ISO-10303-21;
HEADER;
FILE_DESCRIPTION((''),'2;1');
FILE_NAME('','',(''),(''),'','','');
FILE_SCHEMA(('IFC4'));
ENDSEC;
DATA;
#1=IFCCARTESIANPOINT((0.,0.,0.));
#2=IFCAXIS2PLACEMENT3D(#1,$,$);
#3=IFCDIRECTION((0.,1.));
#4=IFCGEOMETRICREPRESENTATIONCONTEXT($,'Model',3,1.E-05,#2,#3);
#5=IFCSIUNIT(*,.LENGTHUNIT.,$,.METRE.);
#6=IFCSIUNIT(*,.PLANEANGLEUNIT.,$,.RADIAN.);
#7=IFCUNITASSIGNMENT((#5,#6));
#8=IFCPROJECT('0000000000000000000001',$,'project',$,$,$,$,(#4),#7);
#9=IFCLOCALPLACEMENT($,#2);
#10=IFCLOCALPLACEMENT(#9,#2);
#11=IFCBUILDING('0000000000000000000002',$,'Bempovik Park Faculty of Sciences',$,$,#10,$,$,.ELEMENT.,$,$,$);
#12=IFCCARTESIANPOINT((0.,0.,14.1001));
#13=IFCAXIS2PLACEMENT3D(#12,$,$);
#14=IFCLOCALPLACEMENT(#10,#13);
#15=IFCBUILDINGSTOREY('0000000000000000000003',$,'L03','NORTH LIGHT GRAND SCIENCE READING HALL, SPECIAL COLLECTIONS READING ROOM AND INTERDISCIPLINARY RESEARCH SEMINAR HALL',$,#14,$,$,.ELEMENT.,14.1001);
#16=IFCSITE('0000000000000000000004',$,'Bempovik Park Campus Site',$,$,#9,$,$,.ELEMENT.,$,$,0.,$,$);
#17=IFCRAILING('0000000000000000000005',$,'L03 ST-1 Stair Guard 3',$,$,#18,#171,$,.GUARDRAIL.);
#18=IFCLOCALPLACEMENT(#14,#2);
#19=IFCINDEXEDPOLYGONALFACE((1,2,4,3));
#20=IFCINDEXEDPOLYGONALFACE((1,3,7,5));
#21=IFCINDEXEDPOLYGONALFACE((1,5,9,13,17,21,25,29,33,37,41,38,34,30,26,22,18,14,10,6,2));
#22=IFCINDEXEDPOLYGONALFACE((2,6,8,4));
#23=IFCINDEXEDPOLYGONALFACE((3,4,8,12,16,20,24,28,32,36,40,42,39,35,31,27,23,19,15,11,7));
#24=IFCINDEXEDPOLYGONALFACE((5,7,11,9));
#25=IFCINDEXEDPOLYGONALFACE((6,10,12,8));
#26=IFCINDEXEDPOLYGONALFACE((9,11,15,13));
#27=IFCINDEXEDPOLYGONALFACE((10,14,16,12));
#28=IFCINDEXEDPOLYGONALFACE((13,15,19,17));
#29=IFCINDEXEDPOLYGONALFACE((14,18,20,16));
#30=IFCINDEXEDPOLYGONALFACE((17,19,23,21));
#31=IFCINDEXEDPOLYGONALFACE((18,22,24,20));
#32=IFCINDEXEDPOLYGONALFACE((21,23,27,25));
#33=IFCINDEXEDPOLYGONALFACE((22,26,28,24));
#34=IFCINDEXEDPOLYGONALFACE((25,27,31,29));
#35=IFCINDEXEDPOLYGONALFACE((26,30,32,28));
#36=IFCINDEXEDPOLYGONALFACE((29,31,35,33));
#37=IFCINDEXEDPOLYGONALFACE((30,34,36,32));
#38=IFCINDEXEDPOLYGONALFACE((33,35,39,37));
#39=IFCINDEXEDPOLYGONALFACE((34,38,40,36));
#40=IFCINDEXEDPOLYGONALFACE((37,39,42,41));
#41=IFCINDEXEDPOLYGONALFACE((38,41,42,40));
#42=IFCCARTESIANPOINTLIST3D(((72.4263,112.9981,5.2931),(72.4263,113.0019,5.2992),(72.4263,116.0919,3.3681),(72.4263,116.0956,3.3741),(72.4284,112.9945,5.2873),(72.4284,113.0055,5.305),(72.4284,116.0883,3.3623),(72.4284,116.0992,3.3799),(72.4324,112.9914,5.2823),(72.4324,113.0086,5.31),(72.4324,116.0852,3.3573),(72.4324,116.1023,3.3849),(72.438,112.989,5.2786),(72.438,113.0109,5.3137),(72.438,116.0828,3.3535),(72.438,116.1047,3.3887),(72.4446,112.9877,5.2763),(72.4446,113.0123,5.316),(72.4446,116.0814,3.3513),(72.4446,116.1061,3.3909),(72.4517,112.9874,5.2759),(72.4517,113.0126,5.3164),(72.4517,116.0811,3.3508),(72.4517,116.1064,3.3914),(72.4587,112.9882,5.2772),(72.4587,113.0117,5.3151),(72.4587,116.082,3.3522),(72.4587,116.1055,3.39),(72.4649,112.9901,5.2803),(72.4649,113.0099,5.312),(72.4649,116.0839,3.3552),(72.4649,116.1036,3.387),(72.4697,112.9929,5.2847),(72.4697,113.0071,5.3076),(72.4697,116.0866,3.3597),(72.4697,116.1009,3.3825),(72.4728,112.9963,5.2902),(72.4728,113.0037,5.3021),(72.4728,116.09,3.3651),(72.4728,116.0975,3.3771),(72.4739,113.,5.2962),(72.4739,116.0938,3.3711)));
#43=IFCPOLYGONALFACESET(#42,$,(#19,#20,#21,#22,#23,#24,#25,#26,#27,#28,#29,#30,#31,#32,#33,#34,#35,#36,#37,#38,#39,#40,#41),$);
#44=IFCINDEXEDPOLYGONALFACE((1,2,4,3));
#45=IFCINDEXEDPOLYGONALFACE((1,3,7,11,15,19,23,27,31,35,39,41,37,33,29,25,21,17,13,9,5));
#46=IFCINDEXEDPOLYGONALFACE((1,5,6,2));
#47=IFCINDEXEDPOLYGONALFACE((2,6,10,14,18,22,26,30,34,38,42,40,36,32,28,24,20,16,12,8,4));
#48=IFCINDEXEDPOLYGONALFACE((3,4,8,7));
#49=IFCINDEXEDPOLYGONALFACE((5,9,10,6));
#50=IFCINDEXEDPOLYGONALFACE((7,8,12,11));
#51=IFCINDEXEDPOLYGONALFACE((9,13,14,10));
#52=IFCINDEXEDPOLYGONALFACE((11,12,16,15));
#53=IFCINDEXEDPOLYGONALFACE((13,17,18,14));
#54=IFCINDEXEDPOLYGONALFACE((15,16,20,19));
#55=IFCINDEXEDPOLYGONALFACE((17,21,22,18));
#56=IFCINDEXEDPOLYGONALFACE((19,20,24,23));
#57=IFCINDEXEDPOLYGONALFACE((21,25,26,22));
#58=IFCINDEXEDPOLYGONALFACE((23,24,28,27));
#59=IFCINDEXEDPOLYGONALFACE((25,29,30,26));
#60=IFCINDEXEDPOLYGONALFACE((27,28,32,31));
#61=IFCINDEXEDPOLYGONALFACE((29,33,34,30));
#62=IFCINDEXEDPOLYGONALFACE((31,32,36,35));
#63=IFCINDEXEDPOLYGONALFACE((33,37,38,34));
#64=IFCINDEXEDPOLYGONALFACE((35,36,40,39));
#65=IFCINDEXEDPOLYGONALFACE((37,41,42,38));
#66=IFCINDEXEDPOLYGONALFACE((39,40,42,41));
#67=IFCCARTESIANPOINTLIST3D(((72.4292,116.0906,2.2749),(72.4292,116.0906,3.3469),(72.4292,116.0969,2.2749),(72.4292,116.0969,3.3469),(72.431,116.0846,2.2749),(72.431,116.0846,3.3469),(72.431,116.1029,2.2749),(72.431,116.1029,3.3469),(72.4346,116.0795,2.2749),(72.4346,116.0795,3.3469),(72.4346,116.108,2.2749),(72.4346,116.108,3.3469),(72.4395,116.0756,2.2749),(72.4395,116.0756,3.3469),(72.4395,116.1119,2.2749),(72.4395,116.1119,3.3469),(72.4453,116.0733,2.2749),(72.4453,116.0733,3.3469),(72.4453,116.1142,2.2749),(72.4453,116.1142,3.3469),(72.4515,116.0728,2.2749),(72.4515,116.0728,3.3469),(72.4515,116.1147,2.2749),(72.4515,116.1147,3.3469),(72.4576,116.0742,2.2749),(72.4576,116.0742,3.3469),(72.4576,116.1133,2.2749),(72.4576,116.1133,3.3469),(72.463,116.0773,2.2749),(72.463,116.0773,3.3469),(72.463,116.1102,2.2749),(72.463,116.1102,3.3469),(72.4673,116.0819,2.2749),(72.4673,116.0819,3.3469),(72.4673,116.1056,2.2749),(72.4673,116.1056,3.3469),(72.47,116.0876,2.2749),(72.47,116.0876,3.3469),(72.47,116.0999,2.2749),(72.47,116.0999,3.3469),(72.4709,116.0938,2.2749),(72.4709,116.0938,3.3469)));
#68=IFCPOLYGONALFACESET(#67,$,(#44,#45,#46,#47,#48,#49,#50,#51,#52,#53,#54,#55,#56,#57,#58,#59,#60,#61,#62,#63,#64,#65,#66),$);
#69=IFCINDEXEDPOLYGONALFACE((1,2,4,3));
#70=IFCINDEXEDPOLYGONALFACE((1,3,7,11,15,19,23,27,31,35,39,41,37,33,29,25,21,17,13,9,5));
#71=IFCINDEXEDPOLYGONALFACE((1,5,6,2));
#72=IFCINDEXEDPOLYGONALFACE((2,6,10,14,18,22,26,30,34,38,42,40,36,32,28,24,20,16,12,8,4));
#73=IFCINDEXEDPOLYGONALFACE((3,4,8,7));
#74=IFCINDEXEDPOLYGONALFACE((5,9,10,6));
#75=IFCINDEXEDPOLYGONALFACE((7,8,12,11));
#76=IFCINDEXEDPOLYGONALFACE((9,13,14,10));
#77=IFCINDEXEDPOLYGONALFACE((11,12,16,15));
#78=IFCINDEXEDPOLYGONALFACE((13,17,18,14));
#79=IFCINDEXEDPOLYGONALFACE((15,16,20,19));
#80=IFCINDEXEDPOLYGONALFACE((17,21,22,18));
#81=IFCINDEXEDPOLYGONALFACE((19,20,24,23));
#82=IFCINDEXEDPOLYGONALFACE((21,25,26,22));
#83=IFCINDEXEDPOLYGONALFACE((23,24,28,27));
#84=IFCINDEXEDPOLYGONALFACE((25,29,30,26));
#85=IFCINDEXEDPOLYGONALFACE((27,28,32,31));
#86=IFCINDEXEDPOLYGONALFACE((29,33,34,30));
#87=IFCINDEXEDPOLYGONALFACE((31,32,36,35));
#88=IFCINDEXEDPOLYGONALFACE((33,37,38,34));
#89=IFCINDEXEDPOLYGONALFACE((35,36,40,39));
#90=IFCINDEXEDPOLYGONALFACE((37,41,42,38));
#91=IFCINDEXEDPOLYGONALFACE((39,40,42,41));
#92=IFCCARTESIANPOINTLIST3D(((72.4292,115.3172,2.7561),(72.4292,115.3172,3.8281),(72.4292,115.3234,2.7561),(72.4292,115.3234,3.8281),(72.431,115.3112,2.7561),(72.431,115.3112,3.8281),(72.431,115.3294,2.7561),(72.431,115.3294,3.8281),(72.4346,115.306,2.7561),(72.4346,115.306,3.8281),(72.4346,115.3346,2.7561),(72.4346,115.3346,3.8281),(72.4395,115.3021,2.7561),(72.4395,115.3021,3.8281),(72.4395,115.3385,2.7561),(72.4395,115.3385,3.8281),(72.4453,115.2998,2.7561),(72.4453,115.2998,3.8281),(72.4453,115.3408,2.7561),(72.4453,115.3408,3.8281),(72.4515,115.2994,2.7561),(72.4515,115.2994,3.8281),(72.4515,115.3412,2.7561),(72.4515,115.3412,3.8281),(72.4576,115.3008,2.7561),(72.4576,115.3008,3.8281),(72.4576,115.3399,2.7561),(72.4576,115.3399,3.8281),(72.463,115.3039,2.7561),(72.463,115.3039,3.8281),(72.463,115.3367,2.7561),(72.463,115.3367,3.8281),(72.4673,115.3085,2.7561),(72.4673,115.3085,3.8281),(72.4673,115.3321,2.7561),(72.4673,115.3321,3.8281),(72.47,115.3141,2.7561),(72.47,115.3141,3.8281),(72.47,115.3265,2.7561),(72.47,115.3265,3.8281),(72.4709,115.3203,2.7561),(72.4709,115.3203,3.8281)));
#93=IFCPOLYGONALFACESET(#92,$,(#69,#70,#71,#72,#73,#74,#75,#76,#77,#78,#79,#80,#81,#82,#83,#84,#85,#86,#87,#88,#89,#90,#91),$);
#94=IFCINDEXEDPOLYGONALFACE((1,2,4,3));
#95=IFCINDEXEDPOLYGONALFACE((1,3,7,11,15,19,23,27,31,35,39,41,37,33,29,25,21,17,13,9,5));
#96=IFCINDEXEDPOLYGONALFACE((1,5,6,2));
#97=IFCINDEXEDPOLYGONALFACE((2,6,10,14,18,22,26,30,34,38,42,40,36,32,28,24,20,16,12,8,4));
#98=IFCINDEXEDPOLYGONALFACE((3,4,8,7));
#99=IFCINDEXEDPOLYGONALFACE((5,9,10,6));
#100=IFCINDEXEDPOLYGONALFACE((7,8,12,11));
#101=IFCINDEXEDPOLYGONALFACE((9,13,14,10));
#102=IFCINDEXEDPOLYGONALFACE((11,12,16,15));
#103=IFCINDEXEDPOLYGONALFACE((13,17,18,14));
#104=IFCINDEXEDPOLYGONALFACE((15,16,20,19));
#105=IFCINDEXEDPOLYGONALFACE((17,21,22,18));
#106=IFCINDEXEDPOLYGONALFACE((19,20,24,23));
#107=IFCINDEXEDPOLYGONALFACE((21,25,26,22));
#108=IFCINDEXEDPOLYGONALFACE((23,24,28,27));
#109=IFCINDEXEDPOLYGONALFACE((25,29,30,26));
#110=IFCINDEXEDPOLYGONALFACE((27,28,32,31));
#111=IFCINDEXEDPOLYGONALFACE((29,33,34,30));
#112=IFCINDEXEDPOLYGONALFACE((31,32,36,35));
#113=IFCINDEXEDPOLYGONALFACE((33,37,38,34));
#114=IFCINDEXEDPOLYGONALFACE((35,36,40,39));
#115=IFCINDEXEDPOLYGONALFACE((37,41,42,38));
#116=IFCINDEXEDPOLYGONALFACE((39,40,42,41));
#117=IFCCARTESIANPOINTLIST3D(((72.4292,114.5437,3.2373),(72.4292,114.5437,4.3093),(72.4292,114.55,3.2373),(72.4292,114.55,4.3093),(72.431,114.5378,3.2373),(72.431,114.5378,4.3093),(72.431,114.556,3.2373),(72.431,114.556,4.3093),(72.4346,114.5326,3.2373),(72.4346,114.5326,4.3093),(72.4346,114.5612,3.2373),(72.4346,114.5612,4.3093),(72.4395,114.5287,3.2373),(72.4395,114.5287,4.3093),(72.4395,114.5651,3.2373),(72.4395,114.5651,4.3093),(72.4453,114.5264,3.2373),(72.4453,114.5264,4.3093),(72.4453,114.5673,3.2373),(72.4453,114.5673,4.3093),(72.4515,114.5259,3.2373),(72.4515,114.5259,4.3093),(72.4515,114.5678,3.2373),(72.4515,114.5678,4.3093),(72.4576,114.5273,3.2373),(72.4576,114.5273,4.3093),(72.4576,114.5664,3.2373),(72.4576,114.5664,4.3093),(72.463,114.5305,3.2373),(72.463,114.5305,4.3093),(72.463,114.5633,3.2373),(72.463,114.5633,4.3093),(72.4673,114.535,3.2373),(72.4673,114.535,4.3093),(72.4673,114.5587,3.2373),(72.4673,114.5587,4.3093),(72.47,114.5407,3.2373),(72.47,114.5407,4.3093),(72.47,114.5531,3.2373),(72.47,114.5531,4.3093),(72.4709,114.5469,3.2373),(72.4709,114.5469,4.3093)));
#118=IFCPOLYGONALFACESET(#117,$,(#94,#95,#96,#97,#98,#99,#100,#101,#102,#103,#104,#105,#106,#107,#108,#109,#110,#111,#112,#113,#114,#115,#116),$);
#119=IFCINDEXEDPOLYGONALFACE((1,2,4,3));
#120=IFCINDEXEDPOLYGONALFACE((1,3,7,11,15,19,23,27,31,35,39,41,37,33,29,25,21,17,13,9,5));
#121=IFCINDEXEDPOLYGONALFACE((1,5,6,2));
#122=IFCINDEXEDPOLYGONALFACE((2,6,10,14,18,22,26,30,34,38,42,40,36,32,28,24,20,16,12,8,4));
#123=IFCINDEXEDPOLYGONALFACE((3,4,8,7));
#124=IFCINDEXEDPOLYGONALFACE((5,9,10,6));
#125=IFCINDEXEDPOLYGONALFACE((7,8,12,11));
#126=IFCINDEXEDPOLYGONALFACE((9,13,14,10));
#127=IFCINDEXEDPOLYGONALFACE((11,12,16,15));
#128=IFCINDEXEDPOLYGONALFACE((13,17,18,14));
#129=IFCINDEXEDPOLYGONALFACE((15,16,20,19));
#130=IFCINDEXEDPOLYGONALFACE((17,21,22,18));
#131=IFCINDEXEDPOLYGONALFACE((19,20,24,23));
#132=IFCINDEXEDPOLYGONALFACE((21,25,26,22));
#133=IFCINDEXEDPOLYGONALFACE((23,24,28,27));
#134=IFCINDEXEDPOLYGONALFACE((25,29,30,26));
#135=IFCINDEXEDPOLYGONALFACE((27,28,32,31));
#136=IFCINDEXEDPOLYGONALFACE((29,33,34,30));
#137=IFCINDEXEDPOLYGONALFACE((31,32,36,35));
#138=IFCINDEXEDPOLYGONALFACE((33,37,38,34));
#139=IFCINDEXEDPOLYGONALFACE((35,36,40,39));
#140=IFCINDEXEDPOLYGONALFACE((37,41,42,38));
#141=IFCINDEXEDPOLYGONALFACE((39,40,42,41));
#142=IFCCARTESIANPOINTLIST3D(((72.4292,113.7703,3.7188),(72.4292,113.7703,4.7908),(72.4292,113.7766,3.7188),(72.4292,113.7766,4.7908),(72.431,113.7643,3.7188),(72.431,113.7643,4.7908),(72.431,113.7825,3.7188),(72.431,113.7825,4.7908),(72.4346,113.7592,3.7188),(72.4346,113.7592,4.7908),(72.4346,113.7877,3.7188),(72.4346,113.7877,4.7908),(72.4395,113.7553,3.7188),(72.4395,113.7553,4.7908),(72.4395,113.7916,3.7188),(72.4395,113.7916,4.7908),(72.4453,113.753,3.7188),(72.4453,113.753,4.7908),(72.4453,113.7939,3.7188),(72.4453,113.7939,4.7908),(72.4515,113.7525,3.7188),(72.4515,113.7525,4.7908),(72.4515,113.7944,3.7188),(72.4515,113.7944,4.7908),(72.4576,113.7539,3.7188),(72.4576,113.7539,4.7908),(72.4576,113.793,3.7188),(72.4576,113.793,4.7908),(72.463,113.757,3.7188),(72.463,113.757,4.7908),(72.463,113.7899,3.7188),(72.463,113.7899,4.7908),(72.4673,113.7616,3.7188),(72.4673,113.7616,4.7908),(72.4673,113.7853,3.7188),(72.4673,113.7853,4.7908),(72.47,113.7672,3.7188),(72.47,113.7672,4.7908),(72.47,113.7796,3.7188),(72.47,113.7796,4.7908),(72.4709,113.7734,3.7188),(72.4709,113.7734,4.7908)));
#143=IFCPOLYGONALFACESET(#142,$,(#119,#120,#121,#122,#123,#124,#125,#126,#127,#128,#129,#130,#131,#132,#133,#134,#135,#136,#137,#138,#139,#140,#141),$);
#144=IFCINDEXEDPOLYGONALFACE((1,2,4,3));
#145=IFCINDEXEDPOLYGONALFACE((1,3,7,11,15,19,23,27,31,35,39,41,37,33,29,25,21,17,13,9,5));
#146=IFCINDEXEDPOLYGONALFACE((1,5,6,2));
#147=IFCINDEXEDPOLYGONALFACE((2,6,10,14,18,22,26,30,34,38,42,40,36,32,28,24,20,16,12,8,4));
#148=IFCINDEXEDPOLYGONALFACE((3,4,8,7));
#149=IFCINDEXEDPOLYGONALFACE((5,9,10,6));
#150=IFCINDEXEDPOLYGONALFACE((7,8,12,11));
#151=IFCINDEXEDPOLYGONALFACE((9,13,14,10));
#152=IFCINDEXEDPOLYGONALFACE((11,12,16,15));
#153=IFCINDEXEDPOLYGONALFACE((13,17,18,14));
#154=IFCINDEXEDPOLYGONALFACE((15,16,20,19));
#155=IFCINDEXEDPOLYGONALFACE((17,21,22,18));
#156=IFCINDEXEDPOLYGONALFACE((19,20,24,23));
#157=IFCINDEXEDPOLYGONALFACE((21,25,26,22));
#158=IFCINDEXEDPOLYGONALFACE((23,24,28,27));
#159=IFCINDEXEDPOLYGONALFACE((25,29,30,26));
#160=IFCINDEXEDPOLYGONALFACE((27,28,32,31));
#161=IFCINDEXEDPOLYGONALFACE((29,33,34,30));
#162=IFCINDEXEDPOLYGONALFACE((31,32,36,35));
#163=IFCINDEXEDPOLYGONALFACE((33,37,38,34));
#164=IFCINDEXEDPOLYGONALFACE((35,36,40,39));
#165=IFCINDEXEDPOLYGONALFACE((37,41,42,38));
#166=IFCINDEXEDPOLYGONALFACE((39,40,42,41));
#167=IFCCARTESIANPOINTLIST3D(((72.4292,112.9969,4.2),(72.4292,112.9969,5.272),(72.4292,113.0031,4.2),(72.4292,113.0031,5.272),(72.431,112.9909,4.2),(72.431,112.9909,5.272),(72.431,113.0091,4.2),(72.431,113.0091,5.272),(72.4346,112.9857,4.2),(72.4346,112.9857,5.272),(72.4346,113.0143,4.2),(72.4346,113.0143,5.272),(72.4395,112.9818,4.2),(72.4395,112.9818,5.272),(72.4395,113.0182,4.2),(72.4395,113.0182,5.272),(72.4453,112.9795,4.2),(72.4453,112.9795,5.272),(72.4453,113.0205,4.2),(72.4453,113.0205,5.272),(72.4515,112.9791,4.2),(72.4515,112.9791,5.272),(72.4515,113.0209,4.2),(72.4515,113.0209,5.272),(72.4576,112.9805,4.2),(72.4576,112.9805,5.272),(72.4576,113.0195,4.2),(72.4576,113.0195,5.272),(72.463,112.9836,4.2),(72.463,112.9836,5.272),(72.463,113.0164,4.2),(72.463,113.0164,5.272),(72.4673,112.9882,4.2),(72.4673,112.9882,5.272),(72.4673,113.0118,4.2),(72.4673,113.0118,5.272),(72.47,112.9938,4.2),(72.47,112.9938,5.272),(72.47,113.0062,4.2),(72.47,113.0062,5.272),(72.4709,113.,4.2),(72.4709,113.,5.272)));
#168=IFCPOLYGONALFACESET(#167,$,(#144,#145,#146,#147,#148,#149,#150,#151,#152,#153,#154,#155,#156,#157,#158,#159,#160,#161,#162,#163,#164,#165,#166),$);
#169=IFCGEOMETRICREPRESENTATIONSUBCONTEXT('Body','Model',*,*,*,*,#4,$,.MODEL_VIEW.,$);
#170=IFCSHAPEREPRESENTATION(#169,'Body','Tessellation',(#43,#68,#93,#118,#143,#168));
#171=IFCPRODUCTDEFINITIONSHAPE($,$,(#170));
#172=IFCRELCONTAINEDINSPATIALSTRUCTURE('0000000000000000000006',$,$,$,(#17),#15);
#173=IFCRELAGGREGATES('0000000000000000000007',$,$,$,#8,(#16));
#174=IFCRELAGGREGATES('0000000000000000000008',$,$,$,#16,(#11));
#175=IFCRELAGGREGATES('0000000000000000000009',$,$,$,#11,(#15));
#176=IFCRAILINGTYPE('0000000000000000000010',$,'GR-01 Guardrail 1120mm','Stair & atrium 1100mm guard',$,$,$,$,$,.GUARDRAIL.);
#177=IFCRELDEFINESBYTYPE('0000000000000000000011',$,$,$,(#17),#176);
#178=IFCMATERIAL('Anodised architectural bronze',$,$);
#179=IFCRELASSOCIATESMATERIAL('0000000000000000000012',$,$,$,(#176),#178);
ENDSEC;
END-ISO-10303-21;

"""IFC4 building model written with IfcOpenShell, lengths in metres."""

from ifc_helpers import new_model, si_unit, direction, frame, origin, origin_2d, place, context, subcontext, project, spatial, circle, extrude, material, type_object, element, save


model = new_model("IFC4")

# Units and contexts
model_context = context("Model", 3, precision=1e-05, world=origin(), true_north=direction((0.0, 1.0)))
body_context = subcontext(model_context, "Body", "Model", "MODEL_VIEW")
ifc_project = project(units=[si_unit("LENGTHUNIT", "METRE"), si_unit("PLANEANGLEUNIT", "RADIAN")], contexts=[model_context])

# Site, building, storey
site_placement = place(None, origin())
site = spatial("IfcSite", under=ifc_project, at=site_placement, Name="Bempovik Park Campus Site", CompositionType="ELEMENT", RefElevation=0.0)
building_placement = place(site_placement, origin())
building = spatial("IfcBuilding", under=site, at=building_placement, Name="Bempovik Park Faculty of Sciences", CompositionType="ELEMENT")
storey_placement = place(building_placement, frame((0.0, 0.0, 14.1001)))
storey = spatial("IfcBuildingStorey", under=building, at=storey_placement, Name="L03", Description="NORTH LIGHT GRAND SCIENCE READING HALL, SPECIAL COLLECTIONS READING ROOM AND INTERDISCIPLINARY RESEARCH SEMINAR HALL", CompositionType="ELEMENT", Elevation=14.1001)

# Railing
ifc_material_1 = material(Name="Anodised architectural bronze")
railing_type_1 = type_object("IfcRailingType", Name="GR-01 Guardrail 1120mm", Description="Stair & atrium 1100mm guard", PredefinedType="GUARDRAIL", material=ifc_material_1)
railing_1_placement = place(storey_placement, frame((72.45, 116.0938, 2.2749)))
element("IfcRailing", 1, at=railing_1_placement, inside=storey, type_object=railing_type_1, Name="L03 ST-1 Stair Guard 3", PredefinedType="GUARDRAIL", context=body_context, shape_type="SweptSolid", body=[
    extrude(circle(Radius=0.0239, at=origin_2d()), frame((0.0, 0.0, 1.0962), z_axis=(0.0, -0.849051, 0.528312), x_axis=(1.0, 0.0, 0.0)), (0.0, 0.0, 1.0), 3.6438),
    extrude(circle(Radius=0.021, at=origin_2d()), origin(), (0.0, 0.0, 1.0), 1.072),
    extrude(circle(Radius=0.021, at=origin_2d()), frame((0.0, -0.7734, 0.4812)), (0.0, 0.0, 1.0), 1.072),
    extrude(circle(Radius=0.021, at=origin_2d()), frame((0.0, -1.5469, 0.9624)), (0.0, 0.0, 1.0), 1.072),
    extrude(circle(Radius=0.021, at=origin_2d()), frame((0.0, -2.3203, 1.4438)), (0.0, 0.0, 1.0), 1.072),
    extrude(circle(Radius=0.021, at=origin_2d()), frame((0.0, -3.0938, 1.925)), (0.0, 0.0, 1.0), 1.072),
])

save(model, "model.ifc")
